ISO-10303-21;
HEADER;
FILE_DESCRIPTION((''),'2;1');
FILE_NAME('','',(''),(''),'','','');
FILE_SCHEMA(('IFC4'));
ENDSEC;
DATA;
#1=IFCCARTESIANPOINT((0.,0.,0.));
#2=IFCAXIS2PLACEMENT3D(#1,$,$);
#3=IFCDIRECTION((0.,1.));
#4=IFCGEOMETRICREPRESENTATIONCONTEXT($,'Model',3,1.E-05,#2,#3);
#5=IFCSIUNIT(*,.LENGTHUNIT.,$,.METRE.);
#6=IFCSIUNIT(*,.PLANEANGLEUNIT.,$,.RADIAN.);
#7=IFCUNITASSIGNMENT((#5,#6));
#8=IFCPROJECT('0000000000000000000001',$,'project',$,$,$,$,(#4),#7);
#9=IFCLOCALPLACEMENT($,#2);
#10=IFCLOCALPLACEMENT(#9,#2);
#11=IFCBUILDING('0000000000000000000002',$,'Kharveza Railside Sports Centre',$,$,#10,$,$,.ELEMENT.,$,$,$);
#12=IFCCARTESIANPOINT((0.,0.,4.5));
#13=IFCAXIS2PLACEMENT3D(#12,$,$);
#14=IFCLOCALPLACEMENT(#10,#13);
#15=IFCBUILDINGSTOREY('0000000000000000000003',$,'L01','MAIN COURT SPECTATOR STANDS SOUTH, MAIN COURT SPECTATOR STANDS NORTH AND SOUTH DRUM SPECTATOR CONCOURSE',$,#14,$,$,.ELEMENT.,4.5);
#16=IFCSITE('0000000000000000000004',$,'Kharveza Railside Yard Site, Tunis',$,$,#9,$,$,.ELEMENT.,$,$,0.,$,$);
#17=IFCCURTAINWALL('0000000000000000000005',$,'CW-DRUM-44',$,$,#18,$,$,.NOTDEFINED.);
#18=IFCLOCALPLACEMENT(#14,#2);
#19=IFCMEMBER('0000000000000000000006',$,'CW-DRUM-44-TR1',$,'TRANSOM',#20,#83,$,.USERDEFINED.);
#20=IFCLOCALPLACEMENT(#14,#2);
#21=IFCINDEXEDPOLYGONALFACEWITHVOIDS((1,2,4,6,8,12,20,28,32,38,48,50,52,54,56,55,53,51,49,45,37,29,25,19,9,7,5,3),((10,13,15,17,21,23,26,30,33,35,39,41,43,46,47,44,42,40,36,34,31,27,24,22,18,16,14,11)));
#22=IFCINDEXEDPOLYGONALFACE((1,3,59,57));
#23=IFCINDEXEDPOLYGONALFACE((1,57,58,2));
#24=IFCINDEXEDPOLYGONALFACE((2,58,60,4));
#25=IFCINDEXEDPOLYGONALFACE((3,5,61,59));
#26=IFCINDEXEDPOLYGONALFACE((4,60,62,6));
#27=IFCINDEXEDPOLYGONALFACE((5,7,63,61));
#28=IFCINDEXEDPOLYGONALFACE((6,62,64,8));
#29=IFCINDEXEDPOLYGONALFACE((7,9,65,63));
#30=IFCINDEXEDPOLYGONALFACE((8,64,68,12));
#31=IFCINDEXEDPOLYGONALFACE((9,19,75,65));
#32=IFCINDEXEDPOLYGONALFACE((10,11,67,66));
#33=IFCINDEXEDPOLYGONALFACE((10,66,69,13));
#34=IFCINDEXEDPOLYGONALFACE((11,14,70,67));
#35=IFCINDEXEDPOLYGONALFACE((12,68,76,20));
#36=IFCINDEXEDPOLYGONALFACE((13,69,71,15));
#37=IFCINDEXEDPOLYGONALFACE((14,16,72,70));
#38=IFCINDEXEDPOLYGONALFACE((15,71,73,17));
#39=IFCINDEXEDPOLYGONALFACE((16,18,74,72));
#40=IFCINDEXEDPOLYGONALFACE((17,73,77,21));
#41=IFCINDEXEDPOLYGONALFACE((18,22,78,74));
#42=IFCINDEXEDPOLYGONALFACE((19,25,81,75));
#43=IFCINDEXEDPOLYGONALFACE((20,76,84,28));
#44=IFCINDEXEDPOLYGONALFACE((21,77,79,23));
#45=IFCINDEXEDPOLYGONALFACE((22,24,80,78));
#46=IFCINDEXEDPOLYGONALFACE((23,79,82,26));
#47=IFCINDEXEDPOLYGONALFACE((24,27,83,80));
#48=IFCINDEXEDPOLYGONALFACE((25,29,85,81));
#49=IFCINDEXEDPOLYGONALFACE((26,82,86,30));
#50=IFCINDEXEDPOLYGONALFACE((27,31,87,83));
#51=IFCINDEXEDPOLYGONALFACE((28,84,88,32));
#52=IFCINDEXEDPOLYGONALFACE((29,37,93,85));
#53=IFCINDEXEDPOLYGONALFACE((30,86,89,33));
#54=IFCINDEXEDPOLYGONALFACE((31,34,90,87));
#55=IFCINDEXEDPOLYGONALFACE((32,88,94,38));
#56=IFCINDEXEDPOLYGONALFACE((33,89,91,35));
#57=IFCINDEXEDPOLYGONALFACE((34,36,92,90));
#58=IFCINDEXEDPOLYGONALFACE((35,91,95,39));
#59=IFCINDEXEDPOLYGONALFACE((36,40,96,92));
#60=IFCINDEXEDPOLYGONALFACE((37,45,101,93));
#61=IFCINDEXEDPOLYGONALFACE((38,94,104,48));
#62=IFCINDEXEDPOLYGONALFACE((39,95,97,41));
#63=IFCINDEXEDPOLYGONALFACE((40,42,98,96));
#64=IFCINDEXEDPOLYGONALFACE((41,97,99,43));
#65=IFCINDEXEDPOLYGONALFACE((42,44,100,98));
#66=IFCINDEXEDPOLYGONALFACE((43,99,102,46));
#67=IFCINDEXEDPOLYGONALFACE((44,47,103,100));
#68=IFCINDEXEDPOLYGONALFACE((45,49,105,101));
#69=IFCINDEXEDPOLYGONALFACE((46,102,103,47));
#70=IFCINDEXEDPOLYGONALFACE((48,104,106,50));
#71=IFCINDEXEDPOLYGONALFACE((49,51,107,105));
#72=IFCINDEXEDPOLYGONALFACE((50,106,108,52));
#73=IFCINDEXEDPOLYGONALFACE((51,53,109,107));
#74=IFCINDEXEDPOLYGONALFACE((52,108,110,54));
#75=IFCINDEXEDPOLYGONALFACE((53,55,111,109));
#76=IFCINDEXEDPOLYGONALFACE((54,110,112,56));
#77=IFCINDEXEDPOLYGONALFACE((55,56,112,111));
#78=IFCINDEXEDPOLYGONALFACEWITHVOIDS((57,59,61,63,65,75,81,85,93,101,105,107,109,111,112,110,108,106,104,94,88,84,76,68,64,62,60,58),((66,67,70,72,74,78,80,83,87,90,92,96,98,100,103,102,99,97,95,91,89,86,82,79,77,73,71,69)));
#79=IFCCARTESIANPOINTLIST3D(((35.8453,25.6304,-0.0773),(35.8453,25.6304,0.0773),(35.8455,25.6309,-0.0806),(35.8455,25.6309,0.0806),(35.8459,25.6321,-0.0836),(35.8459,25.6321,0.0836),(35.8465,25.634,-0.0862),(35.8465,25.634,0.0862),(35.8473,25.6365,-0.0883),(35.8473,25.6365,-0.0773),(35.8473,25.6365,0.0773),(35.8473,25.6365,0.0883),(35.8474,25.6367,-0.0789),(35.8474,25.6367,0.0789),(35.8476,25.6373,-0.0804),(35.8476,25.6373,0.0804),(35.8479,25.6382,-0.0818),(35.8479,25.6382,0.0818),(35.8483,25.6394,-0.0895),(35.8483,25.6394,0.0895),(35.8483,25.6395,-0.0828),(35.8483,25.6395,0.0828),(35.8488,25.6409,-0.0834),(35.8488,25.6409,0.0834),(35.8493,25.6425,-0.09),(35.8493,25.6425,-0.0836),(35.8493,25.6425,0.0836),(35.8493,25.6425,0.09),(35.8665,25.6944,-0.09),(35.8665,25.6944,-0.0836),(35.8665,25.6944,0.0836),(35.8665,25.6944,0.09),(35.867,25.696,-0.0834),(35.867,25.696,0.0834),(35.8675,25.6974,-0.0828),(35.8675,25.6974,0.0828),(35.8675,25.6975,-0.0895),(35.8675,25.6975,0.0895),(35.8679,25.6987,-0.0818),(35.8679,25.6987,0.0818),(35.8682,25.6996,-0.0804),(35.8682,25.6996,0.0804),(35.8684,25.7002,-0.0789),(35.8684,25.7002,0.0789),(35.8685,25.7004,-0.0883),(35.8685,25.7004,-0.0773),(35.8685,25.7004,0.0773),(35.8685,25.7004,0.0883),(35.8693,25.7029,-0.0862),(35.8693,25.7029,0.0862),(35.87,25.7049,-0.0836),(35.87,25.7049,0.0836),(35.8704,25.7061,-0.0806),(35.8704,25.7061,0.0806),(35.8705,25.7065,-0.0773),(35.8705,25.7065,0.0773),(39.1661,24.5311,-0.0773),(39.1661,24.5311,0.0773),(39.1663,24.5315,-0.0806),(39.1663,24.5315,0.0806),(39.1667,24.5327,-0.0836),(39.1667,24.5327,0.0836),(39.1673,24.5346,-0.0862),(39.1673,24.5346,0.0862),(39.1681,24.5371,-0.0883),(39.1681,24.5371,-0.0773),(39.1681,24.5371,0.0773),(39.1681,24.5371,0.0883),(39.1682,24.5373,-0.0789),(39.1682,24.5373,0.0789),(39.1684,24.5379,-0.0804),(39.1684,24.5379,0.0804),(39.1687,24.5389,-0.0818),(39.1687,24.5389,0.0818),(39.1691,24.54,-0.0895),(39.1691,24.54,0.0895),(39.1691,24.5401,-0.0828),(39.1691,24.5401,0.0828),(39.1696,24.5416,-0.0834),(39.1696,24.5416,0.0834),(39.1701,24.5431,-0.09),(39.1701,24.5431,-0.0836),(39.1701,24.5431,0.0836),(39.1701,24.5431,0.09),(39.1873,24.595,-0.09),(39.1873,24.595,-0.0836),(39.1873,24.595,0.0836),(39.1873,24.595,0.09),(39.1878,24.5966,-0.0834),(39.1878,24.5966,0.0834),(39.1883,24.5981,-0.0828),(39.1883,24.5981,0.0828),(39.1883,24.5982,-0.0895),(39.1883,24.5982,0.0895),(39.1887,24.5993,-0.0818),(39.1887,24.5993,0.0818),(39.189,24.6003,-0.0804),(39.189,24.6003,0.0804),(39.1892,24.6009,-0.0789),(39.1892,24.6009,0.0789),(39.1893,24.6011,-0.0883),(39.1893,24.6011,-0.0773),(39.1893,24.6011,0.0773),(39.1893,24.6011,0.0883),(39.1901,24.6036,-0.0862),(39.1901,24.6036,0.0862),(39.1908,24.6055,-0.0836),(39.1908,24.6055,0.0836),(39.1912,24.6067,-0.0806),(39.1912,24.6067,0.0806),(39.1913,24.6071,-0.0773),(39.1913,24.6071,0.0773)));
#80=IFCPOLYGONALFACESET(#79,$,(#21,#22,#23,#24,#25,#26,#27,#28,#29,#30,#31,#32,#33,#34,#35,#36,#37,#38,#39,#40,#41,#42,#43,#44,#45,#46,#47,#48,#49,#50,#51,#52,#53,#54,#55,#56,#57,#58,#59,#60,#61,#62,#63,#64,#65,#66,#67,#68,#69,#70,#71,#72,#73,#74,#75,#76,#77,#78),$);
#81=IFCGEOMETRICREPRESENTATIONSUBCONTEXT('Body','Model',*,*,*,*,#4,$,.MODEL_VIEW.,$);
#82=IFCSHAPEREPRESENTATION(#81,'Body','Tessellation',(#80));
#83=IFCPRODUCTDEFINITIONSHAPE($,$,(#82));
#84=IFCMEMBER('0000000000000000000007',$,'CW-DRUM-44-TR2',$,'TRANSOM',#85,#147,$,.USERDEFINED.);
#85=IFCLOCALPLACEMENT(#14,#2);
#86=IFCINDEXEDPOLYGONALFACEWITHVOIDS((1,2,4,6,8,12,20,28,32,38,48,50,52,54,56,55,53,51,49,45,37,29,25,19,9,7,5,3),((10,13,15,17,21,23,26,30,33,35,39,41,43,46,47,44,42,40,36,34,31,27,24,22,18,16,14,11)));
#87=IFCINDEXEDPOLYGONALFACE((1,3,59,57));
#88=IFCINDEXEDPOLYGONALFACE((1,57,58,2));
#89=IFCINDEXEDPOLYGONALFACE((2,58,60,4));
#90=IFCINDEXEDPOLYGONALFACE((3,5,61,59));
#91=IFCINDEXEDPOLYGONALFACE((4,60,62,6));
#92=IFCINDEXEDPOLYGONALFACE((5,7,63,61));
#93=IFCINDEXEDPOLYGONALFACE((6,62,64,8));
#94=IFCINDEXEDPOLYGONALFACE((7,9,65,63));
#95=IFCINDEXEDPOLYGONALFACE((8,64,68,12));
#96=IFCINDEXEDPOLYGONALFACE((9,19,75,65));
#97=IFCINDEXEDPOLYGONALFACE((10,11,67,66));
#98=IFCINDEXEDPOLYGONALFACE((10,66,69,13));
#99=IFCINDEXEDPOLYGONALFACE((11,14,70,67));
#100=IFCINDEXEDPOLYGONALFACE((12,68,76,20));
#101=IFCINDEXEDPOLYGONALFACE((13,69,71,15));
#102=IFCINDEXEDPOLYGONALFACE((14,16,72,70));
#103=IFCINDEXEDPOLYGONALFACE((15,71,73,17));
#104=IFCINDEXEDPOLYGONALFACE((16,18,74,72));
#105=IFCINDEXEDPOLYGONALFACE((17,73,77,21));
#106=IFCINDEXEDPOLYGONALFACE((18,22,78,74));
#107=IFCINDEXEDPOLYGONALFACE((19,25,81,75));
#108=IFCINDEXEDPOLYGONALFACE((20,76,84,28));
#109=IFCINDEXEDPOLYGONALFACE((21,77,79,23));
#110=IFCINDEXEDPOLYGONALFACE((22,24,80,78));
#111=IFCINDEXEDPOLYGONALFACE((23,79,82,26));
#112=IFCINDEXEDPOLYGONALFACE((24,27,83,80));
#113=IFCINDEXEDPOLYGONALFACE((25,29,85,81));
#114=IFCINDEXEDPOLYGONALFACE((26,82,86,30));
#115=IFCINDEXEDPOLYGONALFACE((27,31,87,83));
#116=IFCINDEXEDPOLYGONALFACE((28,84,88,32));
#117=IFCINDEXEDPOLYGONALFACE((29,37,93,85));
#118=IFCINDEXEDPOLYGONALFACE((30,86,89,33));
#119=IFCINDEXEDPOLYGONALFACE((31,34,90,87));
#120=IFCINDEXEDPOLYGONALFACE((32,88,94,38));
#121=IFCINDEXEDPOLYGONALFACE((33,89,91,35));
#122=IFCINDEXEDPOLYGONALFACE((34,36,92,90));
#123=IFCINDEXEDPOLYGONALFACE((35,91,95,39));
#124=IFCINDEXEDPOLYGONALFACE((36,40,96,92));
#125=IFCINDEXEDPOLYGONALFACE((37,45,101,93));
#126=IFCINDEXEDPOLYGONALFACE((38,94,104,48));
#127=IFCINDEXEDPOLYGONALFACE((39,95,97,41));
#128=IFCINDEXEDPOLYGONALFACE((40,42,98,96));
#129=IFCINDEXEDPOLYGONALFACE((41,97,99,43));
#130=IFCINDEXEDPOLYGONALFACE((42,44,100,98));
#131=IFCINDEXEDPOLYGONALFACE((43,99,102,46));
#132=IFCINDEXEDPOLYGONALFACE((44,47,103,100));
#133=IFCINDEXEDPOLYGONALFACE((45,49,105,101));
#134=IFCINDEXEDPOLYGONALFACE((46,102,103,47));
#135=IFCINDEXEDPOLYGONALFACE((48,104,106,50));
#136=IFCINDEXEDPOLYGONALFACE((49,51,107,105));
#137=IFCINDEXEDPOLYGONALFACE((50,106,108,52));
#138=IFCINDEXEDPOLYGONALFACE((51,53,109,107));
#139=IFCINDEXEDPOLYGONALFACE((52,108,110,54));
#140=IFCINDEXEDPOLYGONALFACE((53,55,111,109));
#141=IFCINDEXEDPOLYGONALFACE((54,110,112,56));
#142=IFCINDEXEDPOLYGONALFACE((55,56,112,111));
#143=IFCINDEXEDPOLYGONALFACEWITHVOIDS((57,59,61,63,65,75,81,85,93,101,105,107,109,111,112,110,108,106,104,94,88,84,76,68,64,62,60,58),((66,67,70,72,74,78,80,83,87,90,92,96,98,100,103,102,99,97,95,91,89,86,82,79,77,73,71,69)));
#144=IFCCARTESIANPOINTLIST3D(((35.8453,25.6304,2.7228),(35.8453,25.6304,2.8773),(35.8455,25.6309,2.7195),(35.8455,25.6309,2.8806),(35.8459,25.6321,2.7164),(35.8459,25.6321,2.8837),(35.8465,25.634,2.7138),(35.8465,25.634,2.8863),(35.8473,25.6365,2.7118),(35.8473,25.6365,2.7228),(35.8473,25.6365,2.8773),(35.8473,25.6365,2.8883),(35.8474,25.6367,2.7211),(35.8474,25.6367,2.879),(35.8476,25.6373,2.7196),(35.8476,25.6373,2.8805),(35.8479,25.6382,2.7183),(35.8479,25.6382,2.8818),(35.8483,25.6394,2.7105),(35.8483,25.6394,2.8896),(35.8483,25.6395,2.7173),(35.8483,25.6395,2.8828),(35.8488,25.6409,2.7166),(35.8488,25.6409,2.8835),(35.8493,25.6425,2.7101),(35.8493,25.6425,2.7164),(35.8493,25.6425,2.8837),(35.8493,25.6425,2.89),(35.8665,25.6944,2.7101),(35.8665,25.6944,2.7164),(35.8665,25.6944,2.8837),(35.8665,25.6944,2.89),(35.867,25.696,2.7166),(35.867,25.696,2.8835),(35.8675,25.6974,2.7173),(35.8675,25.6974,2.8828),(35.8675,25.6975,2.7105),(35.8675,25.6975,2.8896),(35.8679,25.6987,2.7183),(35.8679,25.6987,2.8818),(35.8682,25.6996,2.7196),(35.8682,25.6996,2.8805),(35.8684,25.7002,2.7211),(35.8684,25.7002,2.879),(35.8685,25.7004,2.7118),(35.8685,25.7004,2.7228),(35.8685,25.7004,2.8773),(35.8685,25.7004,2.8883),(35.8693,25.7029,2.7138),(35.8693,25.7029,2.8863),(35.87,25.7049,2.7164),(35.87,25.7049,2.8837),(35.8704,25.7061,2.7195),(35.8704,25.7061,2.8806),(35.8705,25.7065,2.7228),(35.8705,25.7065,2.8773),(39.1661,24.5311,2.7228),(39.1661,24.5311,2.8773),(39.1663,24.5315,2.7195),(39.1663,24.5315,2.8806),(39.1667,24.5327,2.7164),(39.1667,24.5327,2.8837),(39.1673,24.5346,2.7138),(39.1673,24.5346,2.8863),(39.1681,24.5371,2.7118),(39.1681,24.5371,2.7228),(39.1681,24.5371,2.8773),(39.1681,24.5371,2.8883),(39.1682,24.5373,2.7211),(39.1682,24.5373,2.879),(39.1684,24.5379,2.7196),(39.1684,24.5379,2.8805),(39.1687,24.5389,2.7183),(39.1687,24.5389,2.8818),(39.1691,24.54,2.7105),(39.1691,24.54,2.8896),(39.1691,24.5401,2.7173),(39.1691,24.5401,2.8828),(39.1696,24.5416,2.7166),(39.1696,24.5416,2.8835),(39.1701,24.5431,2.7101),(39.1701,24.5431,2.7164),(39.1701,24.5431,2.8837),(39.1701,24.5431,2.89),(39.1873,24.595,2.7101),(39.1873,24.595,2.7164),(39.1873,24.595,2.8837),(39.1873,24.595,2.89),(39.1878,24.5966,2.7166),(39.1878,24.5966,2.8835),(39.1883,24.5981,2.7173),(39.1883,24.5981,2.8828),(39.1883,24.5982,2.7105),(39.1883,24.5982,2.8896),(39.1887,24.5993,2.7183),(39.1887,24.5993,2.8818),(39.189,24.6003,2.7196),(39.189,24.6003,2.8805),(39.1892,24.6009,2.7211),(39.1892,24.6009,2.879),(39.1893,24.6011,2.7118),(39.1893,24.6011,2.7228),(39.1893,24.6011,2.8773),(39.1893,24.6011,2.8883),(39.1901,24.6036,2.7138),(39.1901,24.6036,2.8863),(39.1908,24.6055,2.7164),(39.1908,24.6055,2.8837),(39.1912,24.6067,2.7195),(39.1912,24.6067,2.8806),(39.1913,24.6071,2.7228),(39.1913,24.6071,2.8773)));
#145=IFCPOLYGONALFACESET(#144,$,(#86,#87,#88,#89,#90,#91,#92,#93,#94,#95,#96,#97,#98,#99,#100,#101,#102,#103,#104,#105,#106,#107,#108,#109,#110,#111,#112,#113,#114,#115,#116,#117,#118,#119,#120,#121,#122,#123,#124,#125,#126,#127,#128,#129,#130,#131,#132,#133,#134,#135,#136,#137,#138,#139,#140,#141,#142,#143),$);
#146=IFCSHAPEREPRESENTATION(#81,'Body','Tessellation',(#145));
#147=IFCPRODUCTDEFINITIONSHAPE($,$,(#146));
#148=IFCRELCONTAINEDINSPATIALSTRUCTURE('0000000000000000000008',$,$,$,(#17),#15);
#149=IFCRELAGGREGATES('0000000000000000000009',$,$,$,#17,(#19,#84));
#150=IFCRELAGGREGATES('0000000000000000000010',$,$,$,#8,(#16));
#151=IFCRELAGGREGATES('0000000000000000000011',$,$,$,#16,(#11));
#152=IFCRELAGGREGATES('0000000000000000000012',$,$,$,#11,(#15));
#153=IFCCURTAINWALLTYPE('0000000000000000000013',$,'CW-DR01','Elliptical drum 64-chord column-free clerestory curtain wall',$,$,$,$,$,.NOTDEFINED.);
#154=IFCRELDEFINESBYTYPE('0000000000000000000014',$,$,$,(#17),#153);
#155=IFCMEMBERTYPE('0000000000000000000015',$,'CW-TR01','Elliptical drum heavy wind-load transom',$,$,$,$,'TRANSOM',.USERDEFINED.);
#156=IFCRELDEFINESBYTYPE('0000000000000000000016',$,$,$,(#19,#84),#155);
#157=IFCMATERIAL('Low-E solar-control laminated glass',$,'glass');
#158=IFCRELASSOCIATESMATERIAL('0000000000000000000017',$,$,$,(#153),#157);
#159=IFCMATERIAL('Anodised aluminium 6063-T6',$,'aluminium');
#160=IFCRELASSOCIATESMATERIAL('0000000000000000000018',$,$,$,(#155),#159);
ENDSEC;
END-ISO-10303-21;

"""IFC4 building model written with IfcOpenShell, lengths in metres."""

from ifc_helpers import new_model, si_unit, direction, frame, origin, origin_2d, place, context, subcontext, project, spatial, hollow_rectangle, extrude, material, material_profile, profile_set, type_object, element, aggregate, save


model = new_model("IFC4")

# Units and contexts
model_context = context("Model", 3, precision=1e-05, world=origin(), true_north=direction((0.0, 1.0)))
body_context = subcontext(model_context, "Body", "Model", "MODEL_VIEW")
ifc_project = project(units=[si_unit("LENGTHUNIT", "METRE"), si_unit("PLANEANGLEUNIT", "RADIAN")], contexts=[model_context])

# Site, building, storey
site_placement = place(None, origin())
site = spatial("IfcSite", under=ifc_project, at=site_placement, Name="Kharveza Railside Yard Site, Tunis", CompositionType="ELEMENT", RefElevation=0.0)
building_placement = place(site_placement, origin())
building = spatial("IfcBuilding", under=site, at=building_placement, Name="Kharveza Railside Sports Centre", CompositionType="ELEMENT")
storey_placement = place(building_placement, frame((0.0, 0.0, 4.5)))
storey = spatial("IfcBuildingStorey", under=building, at=storey_placement, Name="L01", Description="MAIN COURT SPECTATOR STANDS SOUTH, MAIN COURT SPECTATOR STANDS NORTH AND SOUTH DRUM SPECTATOR CONCOURSE", CompositionType="ELEMENT", Elevation=4.5)

# Shared definitions
ifc_material_1 = material(Name="Low-E solar-control laminated glass", Category="glass")
curtain_wall_type = type_object("IfcCurtainWallType", Name="CW-DR01", Description="Elliptical drum 64-chord column-free clerestory curtain wall", PredefinedType="NOTDEFINED", material=ifc_material_1)
ifc_material_2 = material(Name="Anodised aluminium 6063-T6", Category="aluminium")

# Curtain wall
curtain_wall_1_placement = place(storey_placement, origin())
curtain_wall_1 = element("IfcCurtainWall", 1, at=curtain_wall_1_placement, inside=storey, type_object=curtain_wall_type, Name="CW-DRUM-44", PredefinedType="NOTDEFINED")

# Members
ifc_material_profile_1 = material_profile(ifc_material_2, hollow_rectangle(XDim=0.0801, YDim=0.1799, WallThickness=0.0063, InnerFilletRadius=0.0063, OuterFilletRadius=0.0127, at=origin_2d()), Name="RHS 80x180x6.3")
ifc_profile_set_1 = profile_set([ifc_material_profile_1], Name="Anodised aluminium 6063-T6")
member_type_1 = type_object("IfcMemberType", Name="CW-TR01", Description="Elliptical drum heavy wind-load transom", ElementType="TRANSOM", PredefinedType="USERDEFINED", material=ifc_profile_set_1)
member_1_placement = place(storey_placement, frame((35.8579, 25.6685, 0.0), z_axis=(0.94933, -0.31428, 0.0), x_axis=(0.31428, 0.94933, 0.0)))
member_1 = element("IfcMember", 2, at=member_1_placement, type_object=member_type_1, Name="CW-DRUM-44-TR1", ObjectType="TRANSOM", PredefinedType="USERDEFINED", context=body_context, shape_type="SweptSolid", body=[
    extrude(hollow_rectangle(XDim=0.0801, YDim=0.1799, WallThickness=0.0063, InnerFilletRadius=0.0063, OuterFilletRadius=0.0127, at=origin_2d()), origin(), (0.0, 0.0, 1.0), 3.498),
])
member_2_placement = place(storey_placement, frame((35.8579, 25.6685, 2.8), z_axis=(0.94933, -0.31428, 0.0), x_axis=(0.31428, 0.94933, 0.0)))
member_2 = element("IfcMember", 3, at=member_2_placement, type_object=member_type_1, Name="CW-DRUM-44-TR2", ObjectType="TRANSOM", PredefinedType="USERDEFINED", context=body_context, shape_type="SweptSolid", body=[
    extrude(hollow_rectangle(XDim=0.0801, YDim=0.1799, WallThickness=0.0063, InnerFilletRadius=0.0063, OuterFilletRadius=0.0127, at=origin_2d()), origin(), (0.0, 0.0, 1.0), 3.498),
])

aggregate(curtain_wall_1, [member_1, member_2])

save(model, "model.ifc")
